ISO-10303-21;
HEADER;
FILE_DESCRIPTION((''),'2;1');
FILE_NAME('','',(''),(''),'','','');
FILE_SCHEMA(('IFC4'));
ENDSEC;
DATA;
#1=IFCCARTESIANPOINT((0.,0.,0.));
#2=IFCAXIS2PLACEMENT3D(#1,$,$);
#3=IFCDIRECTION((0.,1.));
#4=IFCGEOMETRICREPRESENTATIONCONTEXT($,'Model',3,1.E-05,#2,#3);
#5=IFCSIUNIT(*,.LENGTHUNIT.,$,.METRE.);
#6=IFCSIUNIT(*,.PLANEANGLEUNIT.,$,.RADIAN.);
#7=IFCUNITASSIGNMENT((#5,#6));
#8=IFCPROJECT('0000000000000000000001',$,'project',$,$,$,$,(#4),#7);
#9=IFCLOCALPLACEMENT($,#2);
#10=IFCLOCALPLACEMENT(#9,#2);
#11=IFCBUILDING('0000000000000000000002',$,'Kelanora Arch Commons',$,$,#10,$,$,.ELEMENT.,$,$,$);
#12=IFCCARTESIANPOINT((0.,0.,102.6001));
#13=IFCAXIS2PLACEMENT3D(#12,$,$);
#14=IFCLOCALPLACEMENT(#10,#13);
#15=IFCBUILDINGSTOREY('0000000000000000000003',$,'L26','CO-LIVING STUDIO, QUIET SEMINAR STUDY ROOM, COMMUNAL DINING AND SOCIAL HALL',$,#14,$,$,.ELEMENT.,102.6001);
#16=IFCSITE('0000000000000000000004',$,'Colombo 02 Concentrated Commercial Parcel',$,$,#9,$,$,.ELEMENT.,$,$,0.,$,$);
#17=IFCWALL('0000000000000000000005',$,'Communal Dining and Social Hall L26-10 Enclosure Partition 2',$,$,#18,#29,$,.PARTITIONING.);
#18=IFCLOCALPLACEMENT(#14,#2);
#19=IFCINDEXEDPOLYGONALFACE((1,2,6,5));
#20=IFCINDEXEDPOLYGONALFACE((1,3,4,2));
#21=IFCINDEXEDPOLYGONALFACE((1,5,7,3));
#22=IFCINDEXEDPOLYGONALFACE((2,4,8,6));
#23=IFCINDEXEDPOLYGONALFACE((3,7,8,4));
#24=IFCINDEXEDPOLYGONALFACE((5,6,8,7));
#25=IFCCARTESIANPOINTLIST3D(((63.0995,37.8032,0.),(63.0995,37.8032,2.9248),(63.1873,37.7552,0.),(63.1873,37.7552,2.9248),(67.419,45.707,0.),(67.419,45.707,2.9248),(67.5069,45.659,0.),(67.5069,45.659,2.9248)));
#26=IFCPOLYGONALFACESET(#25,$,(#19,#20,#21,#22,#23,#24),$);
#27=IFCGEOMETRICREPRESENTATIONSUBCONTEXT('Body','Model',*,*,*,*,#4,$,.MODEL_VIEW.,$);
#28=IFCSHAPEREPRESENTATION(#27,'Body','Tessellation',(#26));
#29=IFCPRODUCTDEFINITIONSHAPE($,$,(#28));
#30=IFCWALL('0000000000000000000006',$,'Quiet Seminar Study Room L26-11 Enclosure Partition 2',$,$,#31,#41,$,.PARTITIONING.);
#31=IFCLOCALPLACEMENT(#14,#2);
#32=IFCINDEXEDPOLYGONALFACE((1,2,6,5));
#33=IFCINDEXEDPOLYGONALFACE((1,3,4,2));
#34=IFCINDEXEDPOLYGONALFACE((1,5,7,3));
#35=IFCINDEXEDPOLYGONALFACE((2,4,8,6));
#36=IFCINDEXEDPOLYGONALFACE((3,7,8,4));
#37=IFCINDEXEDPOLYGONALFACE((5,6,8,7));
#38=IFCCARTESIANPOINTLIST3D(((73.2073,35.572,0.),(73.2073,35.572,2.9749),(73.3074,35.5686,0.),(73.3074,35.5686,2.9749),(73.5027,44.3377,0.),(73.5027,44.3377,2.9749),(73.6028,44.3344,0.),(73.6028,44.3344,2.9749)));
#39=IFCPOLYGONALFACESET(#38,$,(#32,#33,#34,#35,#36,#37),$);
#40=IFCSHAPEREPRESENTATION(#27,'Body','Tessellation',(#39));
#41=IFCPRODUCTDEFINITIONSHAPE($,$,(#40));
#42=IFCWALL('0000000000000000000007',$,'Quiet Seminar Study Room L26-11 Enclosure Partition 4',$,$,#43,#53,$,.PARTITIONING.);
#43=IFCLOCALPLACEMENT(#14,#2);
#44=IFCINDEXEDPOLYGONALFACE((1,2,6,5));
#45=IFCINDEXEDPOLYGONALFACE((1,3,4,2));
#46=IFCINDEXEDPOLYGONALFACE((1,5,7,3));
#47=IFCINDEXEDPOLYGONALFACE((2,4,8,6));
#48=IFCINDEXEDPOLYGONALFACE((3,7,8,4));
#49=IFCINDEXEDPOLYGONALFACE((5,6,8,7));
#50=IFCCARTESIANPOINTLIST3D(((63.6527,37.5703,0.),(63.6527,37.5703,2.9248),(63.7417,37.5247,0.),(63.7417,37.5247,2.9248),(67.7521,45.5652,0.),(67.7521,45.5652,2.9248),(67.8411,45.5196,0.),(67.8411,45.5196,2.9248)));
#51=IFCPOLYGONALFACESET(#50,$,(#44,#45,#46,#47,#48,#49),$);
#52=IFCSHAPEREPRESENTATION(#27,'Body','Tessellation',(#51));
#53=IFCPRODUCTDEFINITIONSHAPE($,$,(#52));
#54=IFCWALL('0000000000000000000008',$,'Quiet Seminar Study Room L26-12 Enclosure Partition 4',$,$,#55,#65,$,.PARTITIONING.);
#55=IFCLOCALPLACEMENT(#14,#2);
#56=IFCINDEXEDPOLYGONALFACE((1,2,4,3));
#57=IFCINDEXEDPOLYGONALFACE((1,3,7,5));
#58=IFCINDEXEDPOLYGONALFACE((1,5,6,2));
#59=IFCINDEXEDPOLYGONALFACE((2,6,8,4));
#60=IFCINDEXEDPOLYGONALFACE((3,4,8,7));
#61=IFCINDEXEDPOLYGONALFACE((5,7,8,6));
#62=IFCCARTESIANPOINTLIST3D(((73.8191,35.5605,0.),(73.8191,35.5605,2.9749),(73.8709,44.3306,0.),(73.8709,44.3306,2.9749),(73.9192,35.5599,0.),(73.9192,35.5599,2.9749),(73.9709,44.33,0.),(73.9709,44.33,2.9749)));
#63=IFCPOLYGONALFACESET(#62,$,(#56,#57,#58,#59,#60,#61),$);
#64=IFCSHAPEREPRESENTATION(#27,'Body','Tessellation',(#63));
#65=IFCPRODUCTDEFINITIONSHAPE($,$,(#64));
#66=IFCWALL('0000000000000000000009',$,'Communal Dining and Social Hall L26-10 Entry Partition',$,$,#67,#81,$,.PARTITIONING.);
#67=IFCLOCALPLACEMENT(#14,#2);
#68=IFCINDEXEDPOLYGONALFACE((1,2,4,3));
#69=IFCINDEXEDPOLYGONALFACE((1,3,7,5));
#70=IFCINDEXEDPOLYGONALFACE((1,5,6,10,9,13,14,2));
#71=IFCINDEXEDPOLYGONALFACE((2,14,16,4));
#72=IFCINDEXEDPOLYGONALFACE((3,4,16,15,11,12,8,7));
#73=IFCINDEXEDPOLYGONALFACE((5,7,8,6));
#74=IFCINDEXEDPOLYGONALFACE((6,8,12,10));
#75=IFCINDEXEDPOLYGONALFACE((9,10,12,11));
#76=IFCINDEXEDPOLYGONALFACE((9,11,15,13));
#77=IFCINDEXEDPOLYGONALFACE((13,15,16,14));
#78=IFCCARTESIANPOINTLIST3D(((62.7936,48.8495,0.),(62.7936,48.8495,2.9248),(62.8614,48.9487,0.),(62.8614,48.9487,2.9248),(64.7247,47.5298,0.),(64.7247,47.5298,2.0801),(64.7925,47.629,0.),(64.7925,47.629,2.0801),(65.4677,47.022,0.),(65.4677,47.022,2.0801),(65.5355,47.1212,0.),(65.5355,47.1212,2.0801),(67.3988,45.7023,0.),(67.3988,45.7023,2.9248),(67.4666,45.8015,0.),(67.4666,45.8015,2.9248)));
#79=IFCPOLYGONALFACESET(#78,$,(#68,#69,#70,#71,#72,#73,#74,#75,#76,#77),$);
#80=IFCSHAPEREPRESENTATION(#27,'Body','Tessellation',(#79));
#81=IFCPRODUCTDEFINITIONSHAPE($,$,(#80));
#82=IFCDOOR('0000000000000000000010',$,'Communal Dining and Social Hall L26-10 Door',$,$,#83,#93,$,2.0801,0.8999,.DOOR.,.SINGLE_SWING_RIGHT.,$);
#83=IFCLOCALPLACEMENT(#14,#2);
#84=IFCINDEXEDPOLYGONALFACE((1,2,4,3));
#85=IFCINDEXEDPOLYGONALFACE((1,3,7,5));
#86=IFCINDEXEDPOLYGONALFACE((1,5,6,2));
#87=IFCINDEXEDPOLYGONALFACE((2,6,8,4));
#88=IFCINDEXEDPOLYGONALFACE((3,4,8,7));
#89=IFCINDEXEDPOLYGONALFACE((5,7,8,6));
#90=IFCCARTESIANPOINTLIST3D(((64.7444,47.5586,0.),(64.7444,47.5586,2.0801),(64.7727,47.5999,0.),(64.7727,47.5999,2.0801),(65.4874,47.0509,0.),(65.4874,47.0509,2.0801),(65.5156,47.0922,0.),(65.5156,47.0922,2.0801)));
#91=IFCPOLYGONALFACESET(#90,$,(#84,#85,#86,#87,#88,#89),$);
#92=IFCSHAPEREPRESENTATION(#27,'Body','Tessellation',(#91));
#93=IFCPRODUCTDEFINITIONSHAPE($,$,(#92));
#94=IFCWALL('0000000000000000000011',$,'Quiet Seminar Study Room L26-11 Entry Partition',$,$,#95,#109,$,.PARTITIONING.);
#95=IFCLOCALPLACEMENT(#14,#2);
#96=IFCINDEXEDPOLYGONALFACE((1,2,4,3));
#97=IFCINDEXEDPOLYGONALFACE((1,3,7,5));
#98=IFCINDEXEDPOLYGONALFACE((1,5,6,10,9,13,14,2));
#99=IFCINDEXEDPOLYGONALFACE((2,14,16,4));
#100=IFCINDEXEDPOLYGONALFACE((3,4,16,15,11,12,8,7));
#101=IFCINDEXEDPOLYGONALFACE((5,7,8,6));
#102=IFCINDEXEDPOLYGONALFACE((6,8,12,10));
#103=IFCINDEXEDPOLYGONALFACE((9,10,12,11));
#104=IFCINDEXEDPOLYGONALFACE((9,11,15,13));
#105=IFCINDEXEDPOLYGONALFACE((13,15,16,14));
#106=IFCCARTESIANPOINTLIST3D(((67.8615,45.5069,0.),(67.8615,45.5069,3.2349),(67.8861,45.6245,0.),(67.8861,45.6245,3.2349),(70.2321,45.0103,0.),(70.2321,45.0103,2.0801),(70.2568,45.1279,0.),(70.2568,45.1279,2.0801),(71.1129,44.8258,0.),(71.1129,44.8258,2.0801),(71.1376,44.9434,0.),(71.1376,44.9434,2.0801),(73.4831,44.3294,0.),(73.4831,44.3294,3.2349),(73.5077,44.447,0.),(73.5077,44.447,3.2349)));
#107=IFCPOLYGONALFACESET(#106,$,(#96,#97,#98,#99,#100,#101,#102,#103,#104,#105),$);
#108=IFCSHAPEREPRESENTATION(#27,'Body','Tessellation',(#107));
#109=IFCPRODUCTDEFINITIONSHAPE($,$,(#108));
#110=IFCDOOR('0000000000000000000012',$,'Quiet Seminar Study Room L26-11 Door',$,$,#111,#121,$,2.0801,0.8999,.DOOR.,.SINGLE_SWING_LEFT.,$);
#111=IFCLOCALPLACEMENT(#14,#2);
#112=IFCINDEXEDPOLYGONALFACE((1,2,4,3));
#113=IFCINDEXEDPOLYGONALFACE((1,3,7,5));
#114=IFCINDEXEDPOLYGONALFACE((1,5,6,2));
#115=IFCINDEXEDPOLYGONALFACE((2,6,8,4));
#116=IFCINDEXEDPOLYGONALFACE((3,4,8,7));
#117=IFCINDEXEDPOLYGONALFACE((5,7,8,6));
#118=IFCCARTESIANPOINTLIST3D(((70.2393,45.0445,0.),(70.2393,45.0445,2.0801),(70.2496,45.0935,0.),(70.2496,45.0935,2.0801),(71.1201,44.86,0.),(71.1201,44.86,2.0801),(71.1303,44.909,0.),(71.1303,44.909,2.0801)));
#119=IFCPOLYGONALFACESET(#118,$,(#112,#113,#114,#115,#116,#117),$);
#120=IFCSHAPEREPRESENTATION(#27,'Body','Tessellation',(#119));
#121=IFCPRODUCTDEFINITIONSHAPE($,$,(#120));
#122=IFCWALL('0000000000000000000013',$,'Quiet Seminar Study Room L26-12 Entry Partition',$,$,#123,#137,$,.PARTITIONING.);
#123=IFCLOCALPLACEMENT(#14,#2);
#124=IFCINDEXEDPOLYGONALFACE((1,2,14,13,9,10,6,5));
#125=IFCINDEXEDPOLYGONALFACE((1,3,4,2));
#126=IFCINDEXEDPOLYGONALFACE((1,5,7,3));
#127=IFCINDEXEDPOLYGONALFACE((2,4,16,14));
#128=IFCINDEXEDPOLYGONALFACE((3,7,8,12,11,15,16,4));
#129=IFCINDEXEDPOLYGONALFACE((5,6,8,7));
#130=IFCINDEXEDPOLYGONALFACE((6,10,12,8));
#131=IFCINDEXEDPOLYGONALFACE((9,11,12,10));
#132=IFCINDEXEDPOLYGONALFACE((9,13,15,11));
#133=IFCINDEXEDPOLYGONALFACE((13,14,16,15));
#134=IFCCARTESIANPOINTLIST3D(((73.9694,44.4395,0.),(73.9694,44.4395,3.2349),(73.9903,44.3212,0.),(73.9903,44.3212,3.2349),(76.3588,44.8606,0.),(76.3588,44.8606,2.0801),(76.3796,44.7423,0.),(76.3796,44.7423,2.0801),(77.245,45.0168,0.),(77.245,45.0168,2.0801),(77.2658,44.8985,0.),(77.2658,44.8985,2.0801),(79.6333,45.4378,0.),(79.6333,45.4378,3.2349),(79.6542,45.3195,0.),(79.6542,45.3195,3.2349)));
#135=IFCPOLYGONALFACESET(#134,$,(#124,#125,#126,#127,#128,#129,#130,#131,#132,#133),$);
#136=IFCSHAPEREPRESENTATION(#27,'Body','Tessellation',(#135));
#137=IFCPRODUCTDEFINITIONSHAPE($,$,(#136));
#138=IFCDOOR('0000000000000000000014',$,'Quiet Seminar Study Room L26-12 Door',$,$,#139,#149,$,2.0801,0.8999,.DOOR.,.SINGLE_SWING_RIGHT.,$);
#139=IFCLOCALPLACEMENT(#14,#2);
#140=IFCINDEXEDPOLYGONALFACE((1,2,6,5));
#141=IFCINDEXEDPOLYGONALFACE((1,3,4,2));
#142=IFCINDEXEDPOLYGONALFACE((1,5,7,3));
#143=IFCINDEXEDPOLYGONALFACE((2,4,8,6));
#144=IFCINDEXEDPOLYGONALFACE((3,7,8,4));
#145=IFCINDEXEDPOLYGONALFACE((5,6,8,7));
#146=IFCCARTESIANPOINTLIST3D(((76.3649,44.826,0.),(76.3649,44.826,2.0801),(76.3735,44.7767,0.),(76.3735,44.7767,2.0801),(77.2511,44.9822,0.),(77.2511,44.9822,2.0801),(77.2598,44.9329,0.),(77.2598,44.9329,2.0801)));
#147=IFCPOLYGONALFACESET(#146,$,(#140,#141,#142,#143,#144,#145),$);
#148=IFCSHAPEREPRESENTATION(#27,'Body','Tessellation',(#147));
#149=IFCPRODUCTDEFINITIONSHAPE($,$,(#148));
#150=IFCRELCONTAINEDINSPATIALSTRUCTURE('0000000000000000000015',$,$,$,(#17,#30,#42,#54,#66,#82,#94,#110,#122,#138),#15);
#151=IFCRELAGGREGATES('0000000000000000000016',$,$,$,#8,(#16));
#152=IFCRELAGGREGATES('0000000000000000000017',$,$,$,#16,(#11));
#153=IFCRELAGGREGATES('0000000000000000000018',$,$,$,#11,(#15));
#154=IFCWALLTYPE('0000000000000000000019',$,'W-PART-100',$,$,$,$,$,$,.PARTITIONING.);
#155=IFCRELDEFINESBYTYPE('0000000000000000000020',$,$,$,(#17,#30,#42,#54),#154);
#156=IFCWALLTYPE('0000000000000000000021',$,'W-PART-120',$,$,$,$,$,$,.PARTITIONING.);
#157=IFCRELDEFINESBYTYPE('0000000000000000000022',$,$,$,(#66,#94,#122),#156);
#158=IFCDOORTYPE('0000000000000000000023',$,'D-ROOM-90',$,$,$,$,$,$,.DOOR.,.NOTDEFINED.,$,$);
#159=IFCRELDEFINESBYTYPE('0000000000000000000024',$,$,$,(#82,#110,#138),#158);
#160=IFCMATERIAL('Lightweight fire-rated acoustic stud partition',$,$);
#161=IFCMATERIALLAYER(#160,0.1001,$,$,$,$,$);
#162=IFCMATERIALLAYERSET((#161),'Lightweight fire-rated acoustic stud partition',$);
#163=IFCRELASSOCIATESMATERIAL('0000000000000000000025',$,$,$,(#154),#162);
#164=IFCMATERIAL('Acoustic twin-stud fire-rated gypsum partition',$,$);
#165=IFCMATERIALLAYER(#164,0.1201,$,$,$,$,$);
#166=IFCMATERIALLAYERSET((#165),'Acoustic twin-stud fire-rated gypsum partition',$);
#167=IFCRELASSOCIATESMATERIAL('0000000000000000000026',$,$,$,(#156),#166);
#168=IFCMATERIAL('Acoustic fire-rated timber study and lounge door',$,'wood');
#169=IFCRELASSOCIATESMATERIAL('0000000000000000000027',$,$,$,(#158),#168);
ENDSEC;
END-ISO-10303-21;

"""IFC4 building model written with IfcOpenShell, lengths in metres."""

from ifc_helpers import new_model, si_unit, direction, frame, frame_2d, origin, place, context, subcontext, project, spatial, rectangle, extrude, material, layer, layer_set, type_object, element, fill, save


model = new_model("IFC4")

# Units and contexts
model_context = context("Model", 3, precision=1e-05, world=origin(), true_north=direction((0.0, 1.0)))
body_context = subcontext(model_context, "Body", "Model", "MODEL_VIEW")
ifc_project = project(units=[si_unit("LENGTHUNIT", "METRE"), si_unit("PLANEANGLEUNIT", "RADIAN")], contexts=[model_context])

# Site, building, storey
site_placement = place(None, origin())
site = spatial("IfcSite", under=ifc_project, at=site_placement, Name="Colombo 02 Concentrated Commercial Parcel", CompositionType="ELEMENT", RefElevation=0.0)
building_placement = place(site_placement, origin())
building = spatial("IfcBuilding", under=site, at=building_placement, Name="Kelanora Arch Commons", CompositionType="ELEMENT")
storey_placement = place(building_placement, frame((0.0, 0.0, 102.6001)))
storey = spatial("IfcBuildingStorey", under=building, at=storey_placement, Name="L26", Description="CO-LIVING STUDIO, QUIET SEMINAR STUDY ROOM, COMMUNAL DINING AND SOCIAL HALL", CompositionType="ELEMENT", Elevation=102.6001)

# Walls
ifc_material_1 = material(Name="Lightweight fire-rated acoustic stud partition")
ifc_layer_1 = layer(ifc_material_1, 0.1001)
ifc_layer_set_1 = layer_set([ifc_layer_1], Name="Lightweight fire-rated acoustic stud partition")
wall_type_1 = type_object("IfcWallType", Name="W-PART-100", PredefinedType="PARTITIONING", material=ifc_layer_set_1)
wall_1_placement = place(storey_placement, frame((67.4629, 45.6829, 0.0), z_axis=(0.0, 0.0, 1.0), x_axis=(-0.479572, -0.877503, 0.0)))
element("IfcWall", 1, at=wall_1_placement, inside=storey, type_object=wall_type_1, Name="Communal Dining and Social Hall L26-10 Enclosure Partition 2", PredefinedType="PARTITIONING", context=body_context, shape_type="SweptSolid", body=[
    extrude(rectangle(XDim=9.0071, YDim=0.1001, at=frame_2d((4.5034, 0.0))), origin(), (0.0, 0.0, 1.0), 2.9248),
])
wall_2_placement = place(storey_placement, frame((73.5527, 44.3359, 0.0), z_axis=(0.0, 0.0, 1.0), x_axis=(-0.033681, -0.999433, 0.0)))
element("IfcWall", 2, at=wall_2_placement, inside=storey, type_object=wall_type_1, Name="Quiet Seminar Study Room L26-11 Enclosure Partition 2", PredefinedType="PARTITIONING", context=body_context, shape_type="SweptSolid", body=[
    extrude(rectangle(XDim=8.7708, YDim=0.1001, at=frame_2d((4.3853, 0.0))), origin(), (0.0, 0.0, 1.0), 2.9749),
])
wall_3_placement = place(storey_placement, frame((63.6973, 37.5476, 0.0), z_axis=(0.0, 0.0, 1.0), x_axis=(0.456266, 0.889843, 0.0)))
element("IfcWall", 3, at=wall_3_placement, inside=storey, type_object=wall_type_1, Name="Quiet Seminar Study Room L26-11 Enclosure Partition 4", PredefinedType="PARTITIONING", context=body_context, shape_type="SweptSolid", body=[
    extrude(rectangle(XDim=8.9846, YDim=0.1001, at=frame_2d((4.4922, 0.0))), origin(), (0.0, 0.0, 1.0), 2.9248),
])
wall_4_placement = place(storey_placement, frame((73.8691, 35.5601, 0.0), z_axis=(0.0, 0.0, 1.0), x_axis=(0.005902, 0.999983, 0.0)))
element("IfcWall", 4, at=wall_4_placement, inside=storey, type_object=wall_type_1, Name="Quiet Seminar Study Room L26-12 Enclosure Partition 4", PredefinedType="PARTITIONING", context=body_context, shape_type="SweptSolid", body=[
    extrude(rectangle(XDim=8.7703, YDim=0.1001, at=frame_2d((4.3853, 0.0))), origin(), (0.0, 0.0, 1.0), 2.9749),
])

# Walls, openings, doors
ifc_material_2 = material(Name="Acoustic twin-stud fire-rated gypsum partition")
ifc_layer_2 = layer(ifc_material_2, 0.1201)
ifc_layer_set_2 = layer_set([ifc_layer_2], Name="Acoustic twin-stud fire-rated gypsum partition")
wall_type_2 = type_object("IfcWallType", Name="W-PART-120", PredefinedType="PARTITIONING", material=ifc_layer_set_2)
wall_5_placement = place(storey_placement, frame((62.8274, 48.8992, 0.0), z_axis=(0.0, 0.0, 1.0), x_axis=(0.825618, -0.564229, 0.0)))
wall_5 = element("IfcWall", 5, at=wall_5_placement, inside=storey, type_object=wall_type_2, Name="Communal Dining and Social Hall L26-10 Entry Partition", PredefinedType="PARTITIONING", context=body_context, shape_type="SweptSolid", body=[
    extrude(rectangle(XDim=5.5779, YDim=0.1201, at=frame_2d((2.7891, 0.0))), origin(), (0.0, 0.0, 1.0), 2.9248),
])
opening_1_placement = place(wall_5_placement, frame((2.3391, 0.0, 0.0)))
opening_1 = element("IfcOpeningElement", 6, at=opening_1_placement, cuts=wall_5, PredefinedType="OPENING", context=body_context, shape_type="SweptSolid", body=[
    extrude(rectangle(XDim=0.8999, YDim=2.0801, at=frame_2d((0.45, 1.04))), frame((0.0, 0.0701, 0.0), z_axis=(0.0, -1.0, 0.0), x_axis=(1.0, 0.0, 0.0)), (0.0, 0.0, 1.0), 0.1401),
])
ifc_material_3 = material(Name="Acoustic fire-rated timber study and lounge door", Category="wood")
door_type = type_object("IfcDoorType", Name="D-ROOM-90", OperationType="NOTDEFINED", PredefinedType="DOOR", material=ifc_material_3)
door_1_placement = place(opening_1_placement, origin())
door_1 = element("IfcDoor", 7, at=door_1_placement, inside=storey, type_object=door_type, Name="Communal Dining and Social Hall L26-10 Door", OperationType="SINGLE_SWING_RIGHT", OverallHeight=2.0801, OverallWidth=0.8999, PredefinedType="DOOR", context=body_context, shape_type="SweptSolid", body=[
    extrude(rectangle(XDim=0.8999, YDim=2.0801, at=frame_2d((0.45, 1.04))), frame((0.0, 0.0249, 0.0), z_axis=(0.0, -1.0, 0.0), x_axis=(1.0, 0.0, 0.0)), (0.0, 0.0, 1.0), 0.05),
])
fill(opening_1, door_1)
wall_6_placement = place(storey_placement, frame((67.8738, 45.5657, 0.0), z_axis=(0.0, 0.0, 1.0), x_axis=(0.97876, -0.20501, 0.0)))
wall_6 = element("IfcWall", 8, at=wall_6_placement, inside=storey, type_object=wall_type_2, Name="Quiet Seminar Study Room L26-11 Entry Partition", PredefinedType="PARTITIONING", context=body_context, shape_type="SweptSolid", body=[
    extrude(rectangle(XDim=5.7437, YDim=0.1201, at=frame_2d((2.8718, 0.0))), origin(), (0.0, 0.0, 1.0), 3.2349),
])
opening_2_placement = place(wall_6_placement, frame((2.4221, 0.0, 0.0)))
opening_2 = element("IfcOpeningElement", 9, at=opening_2_placement, cuts=wall_6, PredefinedType="OPENING", context=body_context, shape_type="SweptSolid", body=[
    extrude(rectangle(XDim=0.8999, YDim=2.0801, at=frame_2d((0.45, 1.04))), frame((0.0, 0.0701, 0.0), z_axis=(0.0, -1.0, 0.0), x_axis=(1.0, 0.0, 0.0)), (0.0, 0.0, 1.0), 0.1401),
])
door_2_placement = place(opening_2_placement, origin())
door_2 = element("IfcDoor", 10, at=door_2_placement, inside=storey, type_object=door_type, Name="Quiet Seminar Study Room L26-11 Door", OperationType="SINGLE_SWING_LEFT", OverallHeight=2.0801, OverallWidth=0.8999, PredefinedType="DOOR", context=body_context, shape_type="SweptSolid", body=[
    extrude(rectangle(XDim=0.8999, YDim=2.0801, at=frame_2d((0.45, 1.04))), frame((0.0, 0.0249, 0.0), z_axis=(0.0, -1.0, 0.0), x_axis=(1.0, 0.0, 0.0)), (0.0, 0.0, 1.0), 0.05),
])
fill(opening_2, door_2)
wall_7_placement = place(storey_placement, frame((73.98, 44.3804, 0.0), z_axis=(0.0, 0.0, 1.0), x_axis=(0.984819, 0.173582, 0.0)))
wall_7 = element("IfcWall", 11, at=wall_7_placement, inside=storey, type_object=wall_type_2, Name="Quiet Seminar Study Room L26-12 Entry Partition", PredefinedType="PARTITIONING", context=body_context, shape_type="SweptSolid", body=[
    extrude(rectangle(XDim=5.7512, YDim=0.1201, at=frame_2d((2.8755, 0.0))), origin(), (0.0, 0.0, 1.0), 3.2349),
])
opening_3_placement = place(wall_7_placement, frame((2.426, 0.0, 0.0)))
opening_3 = element("IfcOpeningElement", 12, at=opening_3_placement, cuts=wall_7, PredefinedType="OPENING", context=body_context, shape_type="SweptSolid", body=[
    extrude(rectangle(XDim=0.8999, YDim=2.0801, at=frame_2d((0.45, 1.04))), frame((0.0, 0.0701, 0.0), z_axis=(0.0, -1.0, 0.0), x_axis=(1.0, 0.0, 0.0)), (0.0, 0.0, 1.0), 0.1401),
])
door_3_placement = place(opening_3_placement, origin())
door_3 = element("IfcDoor", 13, at=door_3_placement, inside=storey, type_object=door_type, Name="Quiet Seminar Study Room L26-12 Door", OperationType="SINGLE_SWING_RIGHT", OverallHeight=2.0801, OverallWidth=0.8999, PredefinedType="DOOR", context=body_context, shape_type="SweptSolid", body=[
    extrude(rectangle(XDim=0.8999, YDim=2.0801, at=frame_2d((0.45, 1.04))), frame((0.0, 0.0249, 0.0), z_axis=(0.0, -1.0, 0.0), x_axis=(1.0, 0.0, 0.0)), (0.0, 0.0, 1.0), 0.05),
])
fill(opening_3, door_3)

save(model, "model.ifc")
